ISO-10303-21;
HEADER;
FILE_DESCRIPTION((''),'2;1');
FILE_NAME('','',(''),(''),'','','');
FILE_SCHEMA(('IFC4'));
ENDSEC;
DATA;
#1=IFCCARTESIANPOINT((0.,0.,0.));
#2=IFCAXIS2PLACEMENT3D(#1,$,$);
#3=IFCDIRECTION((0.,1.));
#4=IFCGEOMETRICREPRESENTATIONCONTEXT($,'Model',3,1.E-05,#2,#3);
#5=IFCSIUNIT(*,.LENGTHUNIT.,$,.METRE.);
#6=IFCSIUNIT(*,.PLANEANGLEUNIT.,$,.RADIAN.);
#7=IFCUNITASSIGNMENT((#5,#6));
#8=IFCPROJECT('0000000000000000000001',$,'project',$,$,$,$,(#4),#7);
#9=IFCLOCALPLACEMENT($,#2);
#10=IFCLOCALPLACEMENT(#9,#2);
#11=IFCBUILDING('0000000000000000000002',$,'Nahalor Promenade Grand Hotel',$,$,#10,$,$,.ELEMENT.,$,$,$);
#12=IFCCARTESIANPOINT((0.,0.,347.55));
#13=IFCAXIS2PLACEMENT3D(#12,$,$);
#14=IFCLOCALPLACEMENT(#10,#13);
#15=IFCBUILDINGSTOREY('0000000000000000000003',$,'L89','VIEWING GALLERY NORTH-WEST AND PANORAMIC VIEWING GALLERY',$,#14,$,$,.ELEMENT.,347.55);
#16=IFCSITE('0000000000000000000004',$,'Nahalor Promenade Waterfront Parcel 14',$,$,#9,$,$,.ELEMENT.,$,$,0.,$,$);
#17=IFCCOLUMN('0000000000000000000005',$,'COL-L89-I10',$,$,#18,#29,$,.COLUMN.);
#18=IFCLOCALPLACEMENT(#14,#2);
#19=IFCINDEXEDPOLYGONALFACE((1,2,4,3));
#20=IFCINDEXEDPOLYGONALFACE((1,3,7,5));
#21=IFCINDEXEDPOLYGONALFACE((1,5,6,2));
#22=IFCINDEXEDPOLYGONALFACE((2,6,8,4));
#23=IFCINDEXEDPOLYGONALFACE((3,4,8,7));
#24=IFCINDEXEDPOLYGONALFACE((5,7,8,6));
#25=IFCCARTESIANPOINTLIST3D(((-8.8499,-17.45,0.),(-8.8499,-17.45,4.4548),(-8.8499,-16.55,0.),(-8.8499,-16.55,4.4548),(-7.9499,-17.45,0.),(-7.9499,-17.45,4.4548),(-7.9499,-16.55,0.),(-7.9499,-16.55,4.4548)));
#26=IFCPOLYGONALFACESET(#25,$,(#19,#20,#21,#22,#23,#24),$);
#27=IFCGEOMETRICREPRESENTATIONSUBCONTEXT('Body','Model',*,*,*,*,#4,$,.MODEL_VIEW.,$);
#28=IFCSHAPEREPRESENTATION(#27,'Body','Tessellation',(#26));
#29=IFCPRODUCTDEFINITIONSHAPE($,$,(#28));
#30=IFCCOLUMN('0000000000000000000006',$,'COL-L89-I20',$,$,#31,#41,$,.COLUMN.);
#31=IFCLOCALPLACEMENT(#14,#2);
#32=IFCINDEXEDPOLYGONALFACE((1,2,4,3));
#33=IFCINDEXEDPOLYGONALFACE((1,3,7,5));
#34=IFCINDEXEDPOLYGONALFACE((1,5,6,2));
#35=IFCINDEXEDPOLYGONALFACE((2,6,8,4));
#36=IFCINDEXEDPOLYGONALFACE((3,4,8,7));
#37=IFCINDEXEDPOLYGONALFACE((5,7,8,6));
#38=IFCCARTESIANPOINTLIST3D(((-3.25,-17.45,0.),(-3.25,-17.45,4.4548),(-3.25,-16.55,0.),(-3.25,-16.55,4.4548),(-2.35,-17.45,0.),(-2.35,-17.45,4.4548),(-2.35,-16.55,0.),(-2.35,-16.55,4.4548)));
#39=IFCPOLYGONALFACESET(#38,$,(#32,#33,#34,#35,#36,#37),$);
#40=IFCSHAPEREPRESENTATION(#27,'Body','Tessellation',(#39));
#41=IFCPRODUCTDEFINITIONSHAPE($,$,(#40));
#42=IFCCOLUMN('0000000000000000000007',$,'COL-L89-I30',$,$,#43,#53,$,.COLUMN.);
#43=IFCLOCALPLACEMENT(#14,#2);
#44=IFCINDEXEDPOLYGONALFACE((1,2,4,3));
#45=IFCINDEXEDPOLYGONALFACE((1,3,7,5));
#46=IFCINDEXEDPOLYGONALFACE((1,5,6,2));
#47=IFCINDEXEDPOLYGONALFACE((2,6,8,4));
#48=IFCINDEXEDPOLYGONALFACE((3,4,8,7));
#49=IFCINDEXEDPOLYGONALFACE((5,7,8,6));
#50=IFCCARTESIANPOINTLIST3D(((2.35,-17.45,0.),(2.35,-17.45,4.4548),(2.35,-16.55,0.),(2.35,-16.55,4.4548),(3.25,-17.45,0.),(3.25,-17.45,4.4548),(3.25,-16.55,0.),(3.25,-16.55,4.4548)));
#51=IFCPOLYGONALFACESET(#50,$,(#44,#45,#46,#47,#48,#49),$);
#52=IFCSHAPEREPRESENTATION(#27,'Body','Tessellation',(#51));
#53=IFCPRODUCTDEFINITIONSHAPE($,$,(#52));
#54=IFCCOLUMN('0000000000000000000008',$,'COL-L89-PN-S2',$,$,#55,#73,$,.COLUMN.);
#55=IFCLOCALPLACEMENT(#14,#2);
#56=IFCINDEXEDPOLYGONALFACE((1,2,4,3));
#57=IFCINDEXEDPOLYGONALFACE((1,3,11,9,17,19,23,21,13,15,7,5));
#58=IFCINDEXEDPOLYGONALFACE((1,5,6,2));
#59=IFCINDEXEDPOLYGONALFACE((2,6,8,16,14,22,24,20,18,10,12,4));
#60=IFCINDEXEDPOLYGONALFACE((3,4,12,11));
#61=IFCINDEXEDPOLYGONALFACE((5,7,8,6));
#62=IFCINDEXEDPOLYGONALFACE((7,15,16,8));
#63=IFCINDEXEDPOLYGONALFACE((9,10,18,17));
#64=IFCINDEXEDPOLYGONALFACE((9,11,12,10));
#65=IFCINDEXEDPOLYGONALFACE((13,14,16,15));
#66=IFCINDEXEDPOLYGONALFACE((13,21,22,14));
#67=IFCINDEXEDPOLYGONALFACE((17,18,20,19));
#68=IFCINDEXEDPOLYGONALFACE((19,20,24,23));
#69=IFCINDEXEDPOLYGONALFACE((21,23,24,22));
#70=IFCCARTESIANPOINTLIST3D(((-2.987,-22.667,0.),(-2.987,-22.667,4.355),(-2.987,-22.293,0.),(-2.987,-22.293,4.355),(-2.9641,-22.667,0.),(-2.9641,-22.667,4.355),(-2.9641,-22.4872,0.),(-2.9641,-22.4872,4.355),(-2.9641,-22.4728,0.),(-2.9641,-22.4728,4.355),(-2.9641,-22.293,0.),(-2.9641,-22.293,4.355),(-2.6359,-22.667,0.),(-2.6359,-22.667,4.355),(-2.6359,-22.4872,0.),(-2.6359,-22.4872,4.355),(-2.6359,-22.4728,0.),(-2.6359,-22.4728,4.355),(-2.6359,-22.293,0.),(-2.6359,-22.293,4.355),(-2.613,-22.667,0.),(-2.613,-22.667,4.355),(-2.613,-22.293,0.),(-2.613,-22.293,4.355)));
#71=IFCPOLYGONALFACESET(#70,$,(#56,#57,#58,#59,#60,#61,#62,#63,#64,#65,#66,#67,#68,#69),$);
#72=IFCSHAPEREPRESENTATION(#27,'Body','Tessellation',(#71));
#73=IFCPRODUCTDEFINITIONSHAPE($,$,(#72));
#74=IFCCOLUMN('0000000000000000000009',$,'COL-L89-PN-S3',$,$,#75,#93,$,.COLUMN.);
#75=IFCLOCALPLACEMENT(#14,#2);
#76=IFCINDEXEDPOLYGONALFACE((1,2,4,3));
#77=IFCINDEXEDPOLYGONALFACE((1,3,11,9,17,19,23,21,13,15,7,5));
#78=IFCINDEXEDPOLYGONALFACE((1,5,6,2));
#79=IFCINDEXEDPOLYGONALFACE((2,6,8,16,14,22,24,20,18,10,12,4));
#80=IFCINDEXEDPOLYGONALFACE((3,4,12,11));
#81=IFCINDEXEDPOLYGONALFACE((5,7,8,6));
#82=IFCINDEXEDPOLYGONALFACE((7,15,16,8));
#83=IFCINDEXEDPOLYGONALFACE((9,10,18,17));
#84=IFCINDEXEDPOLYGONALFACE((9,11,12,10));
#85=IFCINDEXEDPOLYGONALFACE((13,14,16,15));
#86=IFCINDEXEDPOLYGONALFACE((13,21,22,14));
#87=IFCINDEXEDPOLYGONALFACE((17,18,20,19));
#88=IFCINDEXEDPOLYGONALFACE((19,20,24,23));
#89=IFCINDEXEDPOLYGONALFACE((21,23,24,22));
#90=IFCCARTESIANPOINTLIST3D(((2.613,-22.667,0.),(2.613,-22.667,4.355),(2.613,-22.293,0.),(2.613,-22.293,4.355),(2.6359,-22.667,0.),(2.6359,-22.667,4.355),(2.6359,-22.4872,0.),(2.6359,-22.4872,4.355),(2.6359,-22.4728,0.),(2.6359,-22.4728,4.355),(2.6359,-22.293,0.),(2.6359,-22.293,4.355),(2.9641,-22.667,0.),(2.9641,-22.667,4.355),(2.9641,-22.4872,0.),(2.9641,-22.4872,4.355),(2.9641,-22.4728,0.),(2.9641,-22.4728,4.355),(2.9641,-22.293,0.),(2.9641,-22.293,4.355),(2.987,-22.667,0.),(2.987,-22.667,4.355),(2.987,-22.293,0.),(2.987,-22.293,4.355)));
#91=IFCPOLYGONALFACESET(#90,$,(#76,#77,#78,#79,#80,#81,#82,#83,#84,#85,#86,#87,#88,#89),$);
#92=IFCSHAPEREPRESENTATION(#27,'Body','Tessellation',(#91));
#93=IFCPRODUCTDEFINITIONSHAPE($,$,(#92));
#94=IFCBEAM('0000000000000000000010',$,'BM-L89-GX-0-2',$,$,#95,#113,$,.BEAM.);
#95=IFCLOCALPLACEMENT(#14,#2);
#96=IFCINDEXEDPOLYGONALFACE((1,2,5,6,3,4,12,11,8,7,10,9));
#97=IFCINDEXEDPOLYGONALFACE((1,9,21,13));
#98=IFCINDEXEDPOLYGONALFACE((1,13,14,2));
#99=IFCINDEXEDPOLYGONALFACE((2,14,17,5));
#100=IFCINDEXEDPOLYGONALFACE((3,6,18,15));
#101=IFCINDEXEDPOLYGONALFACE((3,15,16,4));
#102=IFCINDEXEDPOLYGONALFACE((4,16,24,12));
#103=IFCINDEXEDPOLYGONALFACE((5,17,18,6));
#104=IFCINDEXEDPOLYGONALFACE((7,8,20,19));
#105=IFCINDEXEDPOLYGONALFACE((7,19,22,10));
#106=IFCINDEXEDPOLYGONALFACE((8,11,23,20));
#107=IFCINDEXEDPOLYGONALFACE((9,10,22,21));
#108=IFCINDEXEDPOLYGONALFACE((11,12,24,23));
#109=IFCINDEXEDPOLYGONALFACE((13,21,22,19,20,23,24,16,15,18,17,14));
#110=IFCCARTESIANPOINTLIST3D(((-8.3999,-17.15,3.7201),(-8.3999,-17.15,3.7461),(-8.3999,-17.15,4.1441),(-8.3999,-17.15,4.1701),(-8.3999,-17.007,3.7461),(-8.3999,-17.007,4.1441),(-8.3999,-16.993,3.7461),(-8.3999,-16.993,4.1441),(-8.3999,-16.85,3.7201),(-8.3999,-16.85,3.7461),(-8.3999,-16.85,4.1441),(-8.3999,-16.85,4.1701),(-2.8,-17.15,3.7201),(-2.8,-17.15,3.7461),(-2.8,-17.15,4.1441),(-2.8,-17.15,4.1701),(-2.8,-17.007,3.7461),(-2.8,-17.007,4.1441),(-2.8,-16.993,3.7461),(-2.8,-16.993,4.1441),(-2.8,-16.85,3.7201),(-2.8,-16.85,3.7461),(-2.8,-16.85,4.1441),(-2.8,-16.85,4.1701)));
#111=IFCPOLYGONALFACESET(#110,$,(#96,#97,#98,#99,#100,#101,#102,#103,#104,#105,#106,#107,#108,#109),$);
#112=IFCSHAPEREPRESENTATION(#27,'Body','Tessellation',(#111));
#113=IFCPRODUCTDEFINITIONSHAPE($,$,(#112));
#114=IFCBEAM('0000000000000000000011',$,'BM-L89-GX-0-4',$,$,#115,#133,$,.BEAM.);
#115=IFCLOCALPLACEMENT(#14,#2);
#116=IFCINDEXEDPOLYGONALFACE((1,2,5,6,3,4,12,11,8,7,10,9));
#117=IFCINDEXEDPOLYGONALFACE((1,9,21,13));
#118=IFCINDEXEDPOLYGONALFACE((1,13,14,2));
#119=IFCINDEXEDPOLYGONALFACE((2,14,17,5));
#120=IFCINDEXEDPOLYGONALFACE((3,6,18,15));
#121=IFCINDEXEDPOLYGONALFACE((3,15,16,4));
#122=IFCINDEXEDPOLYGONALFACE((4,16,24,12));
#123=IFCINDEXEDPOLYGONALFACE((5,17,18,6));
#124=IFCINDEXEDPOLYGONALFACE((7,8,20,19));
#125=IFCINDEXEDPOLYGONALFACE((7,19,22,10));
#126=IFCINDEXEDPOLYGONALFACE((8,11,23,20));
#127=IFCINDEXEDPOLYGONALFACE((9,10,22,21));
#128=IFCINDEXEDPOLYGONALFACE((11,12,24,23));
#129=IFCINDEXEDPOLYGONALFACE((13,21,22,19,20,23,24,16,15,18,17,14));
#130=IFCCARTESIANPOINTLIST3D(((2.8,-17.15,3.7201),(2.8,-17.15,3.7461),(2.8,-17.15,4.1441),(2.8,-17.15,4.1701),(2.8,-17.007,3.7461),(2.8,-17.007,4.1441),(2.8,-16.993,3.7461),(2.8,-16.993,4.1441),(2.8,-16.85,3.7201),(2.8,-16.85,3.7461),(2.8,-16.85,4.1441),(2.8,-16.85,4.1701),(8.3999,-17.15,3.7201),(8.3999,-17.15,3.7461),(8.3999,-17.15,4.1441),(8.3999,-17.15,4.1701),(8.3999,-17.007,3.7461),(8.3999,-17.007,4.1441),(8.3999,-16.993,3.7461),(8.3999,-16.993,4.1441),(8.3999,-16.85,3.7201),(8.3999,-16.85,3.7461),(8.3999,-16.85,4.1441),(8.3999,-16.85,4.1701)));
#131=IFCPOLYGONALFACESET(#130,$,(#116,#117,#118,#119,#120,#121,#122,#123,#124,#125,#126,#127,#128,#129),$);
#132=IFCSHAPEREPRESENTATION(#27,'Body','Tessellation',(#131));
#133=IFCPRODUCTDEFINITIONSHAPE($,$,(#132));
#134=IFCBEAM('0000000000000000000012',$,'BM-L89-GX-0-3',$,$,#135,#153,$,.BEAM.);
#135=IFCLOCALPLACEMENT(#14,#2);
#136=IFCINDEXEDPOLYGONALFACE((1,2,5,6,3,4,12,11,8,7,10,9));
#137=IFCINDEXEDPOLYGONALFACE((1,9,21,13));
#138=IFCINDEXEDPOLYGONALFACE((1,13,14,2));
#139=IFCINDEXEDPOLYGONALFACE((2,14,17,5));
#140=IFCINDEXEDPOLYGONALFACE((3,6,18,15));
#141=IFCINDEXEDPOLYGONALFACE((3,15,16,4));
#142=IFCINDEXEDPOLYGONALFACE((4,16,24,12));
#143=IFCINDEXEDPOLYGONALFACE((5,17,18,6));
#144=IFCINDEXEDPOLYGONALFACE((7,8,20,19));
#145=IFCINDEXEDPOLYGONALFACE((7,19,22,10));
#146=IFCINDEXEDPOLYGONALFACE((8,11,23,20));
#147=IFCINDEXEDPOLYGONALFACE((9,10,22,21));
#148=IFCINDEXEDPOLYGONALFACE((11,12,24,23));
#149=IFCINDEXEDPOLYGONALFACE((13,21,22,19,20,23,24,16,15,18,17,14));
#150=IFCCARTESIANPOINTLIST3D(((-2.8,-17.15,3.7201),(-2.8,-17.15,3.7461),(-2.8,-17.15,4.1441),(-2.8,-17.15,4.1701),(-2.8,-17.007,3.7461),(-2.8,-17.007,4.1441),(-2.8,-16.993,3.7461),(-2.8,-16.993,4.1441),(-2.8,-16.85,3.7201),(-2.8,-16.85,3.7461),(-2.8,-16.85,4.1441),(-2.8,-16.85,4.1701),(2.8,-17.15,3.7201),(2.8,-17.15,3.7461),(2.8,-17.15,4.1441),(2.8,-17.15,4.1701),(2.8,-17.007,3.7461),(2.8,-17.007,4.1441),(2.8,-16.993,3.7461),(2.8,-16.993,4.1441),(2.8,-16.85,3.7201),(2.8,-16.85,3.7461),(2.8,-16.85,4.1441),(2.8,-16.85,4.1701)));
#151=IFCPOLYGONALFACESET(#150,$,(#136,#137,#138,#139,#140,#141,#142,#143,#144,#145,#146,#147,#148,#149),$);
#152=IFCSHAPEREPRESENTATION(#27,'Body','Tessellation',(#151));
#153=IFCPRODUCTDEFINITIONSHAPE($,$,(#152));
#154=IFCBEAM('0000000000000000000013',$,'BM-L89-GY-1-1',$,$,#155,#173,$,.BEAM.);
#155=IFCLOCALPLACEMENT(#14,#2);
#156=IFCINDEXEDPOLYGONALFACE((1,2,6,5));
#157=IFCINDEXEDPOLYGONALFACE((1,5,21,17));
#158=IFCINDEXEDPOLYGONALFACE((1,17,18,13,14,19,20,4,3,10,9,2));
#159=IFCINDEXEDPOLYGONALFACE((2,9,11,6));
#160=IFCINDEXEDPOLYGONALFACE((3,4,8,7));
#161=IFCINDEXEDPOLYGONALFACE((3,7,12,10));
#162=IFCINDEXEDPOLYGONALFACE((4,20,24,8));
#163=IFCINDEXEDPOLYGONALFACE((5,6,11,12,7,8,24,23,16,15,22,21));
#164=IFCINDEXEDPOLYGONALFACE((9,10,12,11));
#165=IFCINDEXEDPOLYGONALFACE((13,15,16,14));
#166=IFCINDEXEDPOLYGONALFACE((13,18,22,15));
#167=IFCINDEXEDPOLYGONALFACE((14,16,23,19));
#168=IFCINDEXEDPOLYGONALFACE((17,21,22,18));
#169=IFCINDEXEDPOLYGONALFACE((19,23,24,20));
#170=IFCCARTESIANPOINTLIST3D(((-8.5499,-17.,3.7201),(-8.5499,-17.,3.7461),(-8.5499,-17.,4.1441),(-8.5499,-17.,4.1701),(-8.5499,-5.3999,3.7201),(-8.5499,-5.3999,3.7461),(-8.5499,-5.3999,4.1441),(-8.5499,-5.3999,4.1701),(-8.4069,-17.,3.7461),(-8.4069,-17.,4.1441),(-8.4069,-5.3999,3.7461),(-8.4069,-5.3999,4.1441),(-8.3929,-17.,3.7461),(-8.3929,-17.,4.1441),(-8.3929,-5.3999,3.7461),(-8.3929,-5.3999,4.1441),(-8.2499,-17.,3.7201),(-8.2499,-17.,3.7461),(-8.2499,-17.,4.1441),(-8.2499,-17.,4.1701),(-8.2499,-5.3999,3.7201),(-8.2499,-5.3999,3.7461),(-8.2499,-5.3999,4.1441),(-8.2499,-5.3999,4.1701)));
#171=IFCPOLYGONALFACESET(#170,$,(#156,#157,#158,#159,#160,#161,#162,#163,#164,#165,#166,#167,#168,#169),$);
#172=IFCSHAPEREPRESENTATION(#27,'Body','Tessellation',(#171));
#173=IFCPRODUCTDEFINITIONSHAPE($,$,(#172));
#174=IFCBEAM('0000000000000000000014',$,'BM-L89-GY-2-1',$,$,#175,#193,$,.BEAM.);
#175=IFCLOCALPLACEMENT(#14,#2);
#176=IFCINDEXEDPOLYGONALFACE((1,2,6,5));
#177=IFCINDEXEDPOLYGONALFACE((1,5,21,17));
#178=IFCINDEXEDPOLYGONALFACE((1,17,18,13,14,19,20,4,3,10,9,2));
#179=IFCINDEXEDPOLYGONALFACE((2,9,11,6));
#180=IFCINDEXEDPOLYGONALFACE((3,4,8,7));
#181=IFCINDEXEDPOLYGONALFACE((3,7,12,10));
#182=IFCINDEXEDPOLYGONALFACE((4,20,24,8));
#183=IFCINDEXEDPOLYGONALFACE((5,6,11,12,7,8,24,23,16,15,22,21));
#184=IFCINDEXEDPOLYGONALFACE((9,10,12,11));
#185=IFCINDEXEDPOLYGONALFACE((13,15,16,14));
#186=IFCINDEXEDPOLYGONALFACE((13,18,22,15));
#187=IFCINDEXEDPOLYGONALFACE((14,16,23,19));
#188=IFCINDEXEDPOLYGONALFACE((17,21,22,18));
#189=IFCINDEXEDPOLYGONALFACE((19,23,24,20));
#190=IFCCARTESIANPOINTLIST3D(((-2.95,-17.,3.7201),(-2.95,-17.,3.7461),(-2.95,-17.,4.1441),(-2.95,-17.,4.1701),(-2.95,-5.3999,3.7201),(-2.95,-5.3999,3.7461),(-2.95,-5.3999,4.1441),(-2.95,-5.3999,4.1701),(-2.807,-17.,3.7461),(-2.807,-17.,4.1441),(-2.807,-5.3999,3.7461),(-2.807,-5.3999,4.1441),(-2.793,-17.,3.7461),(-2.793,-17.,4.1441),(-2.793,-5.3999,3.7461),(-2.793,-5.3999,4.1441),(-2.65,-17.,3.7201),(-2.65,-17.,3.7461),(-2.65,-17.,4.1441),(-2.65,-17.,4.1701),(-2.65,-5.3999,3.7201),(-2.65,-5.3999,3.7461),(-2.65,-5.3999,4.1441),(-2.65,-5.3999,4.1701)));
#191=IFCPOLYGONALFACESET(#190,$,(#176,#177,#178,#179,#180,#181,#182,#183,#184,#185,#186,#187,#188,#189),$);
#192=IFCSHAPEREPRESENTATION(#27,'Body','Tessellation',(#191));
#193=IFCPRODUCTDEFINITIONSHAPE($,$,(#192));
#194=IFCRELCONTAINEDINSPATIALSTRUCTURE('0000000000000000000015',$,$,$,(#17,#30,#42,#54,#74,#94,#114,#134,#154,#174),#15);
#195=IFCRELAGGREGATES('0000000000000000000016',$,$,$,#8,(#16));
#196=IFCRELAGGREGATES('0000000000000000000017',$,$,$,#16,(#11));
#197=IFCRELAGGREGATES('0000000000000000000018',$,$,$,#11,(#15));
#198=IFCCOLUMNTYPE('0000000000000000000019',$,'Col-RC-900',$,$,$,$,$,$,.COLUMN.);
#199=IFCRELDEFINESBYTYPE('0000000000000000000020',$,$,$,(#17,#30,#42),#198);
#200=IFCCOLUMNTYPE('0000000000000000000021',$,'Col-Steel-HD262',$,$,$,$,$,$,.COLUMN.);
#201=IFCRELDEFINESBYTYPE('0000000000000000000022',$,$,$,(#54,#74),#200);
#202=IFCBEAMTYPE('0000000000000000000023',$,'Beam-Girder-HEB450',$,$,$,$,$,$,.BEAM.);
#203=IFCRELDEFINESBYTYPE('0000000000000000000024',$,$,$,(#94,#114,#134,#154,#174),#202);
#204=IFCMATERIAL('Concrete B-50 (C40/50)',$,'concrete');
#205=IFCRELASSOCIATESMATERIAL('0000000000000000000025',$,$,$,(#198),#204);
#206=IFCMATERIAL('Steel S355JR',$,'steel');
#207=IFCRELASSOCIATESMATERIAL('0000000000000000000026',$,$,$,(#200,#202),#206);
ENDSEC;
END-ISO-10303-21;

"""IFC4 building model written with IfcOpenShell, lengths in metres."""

from ifc_helpers import new_model, si_unit, direction, frame, origin, origin_2d, place, context, subcontext, project, spatial, rectangle, i_section, extrude, source, transform, mapped, material, material_profile, profile_set, type_object, element, save


model = new_model("IFC4")

# Units and contexts
model_context = context("Model", 3, precision=1e-05, world=origin(), true_north=direction((0.0, 1.0)))
body_context = subcontext(model_context, "Body", "Model", "MODEL_VIEW")
ifc_project = project(units=[si_unit("LENGTHUNIT", "METRE"), si_unit("PLANEANGLEUNIT", "RADIAN")], contexts=[model_context])

# Site, building, storey
site_placement = place(None, origin())
site = spatial("IfcSite", under=ifc_project, at=site_placement, Name="Nahalor Promenade Waterfront Parcel 14", CompositionType="ELEMENT", RefElevation=0.0)
building_placement = place(site_placement, origin())
building = spatial("IfcBuilding", under=site, at=building_placement, Name="Nahalor Promenade Grand Hotel", CompositionType="ELEMENT")
storey_placement = place(building_placement, frame((0.0, 0.0, 347.55)))
storey = spatial("IfcBuildingStorey", under=building, at=storey_placement, Name="L89", Description="VIEWING GALLERY NORTH-WEST AND PANORAMIC VIEWING GALLERY", CompositionType="ELEMENT", Elevation=347.55)

# Columns
ifc_material_1 = material(Name="Concrete B-50 (C40/50)", Category="concrete")
ifc_material_profile_1 = material_profile(ifc_material_1, rectangle(XDim=0.9, YDim=0.9, at=origin_2d()), Name="RC 900x900")
ifc_profile_set_1 = profile_set([ifc_material_profile_1], Name="Concrete B-50 (C40/50)")
column_type_1 = type_object("IfcColumnType", Name="Col-RC-900", PredefinedType="COLUMN", material=ifc_profile_set_1)
shared_shape_1 = source(origin(), body_context, "Body", "SweptSolid", [
    extrude(rectangle(XDim=0.9, YDim=0.9, at=origin_2d()), origin(), (0.0, 0.0, 1.0), 4.4548),
])
for number, where, z_axis, x_axis, name in (
    (1, (-8.3999, -17.0, 0.0), (0.0, 0.0, 1.0), (1.0, 0.0, 0.0), "COL-L89-I10"),
    (2, (-2.8, -17.0, 0.0), (0.0, 0.0, 1.0), (1.0, 0.0, 0.0), "COL-L89-I20"),
    (3, (2.8, -17.0, 0.0), (0.0, 0.0, 1.0), (1.0, 0.0, 0.0), "COL-L89-I30"),
):
    element("IfcColumn", number, at=place(storey_placement, frame(where, z_axis=z_axis, x_axis=x_axis)), inside=storey, type_object=column_type_1, Name=name, PredefinedType="COLUMN", context=body_context, shape_type="MappedRepresentation", body=[
        mapped(shared_shape_1, transform((0.0, 0.0, 0.0), scale=1.0)),
    ])
ifc_material_2 = material(Name="Steel S355JR", Category="steel")
ifc_material_profile_2 = material_profile(ifc_material_2, i_section(OverallWidth=0.374, OverallDepth=0.374, WebThickness=0.0144, FlangeThickness=0.0229, at=origin_2d()), Name="HD 360x262")
ifc_profile_set_2 = profile_set([ifc_material_profile_2], Name="Steel S355JR")
column_type_2 = type_object("IfcColumnType", Name="Col-Steel-HD262", PredefinedType="COLUMN", material=ifc_profile_set_2)
shared_shape_2 = source(origin(), body_context, "Body", "SweptSolid", [
    extrude(i_section(OverallWidth=0.374, OverallDepth=0.374, WebThickness=0.0144, FlangeThickness=0.0229, at=origin_2d()), origin(), (0.0, 0.0, 1.0), 4.355),
])
for number, where, z_axis, x_axis, name in (
    (4, (-2.8, -22.48, 0.0), (0.0, 0.0, 1.0), (0.0, 1.0, 0.0), "COL-L89-PN-S2"),
    (5, (2.8, -22.48, 0.0), (0.0, 0.0, 1.0), (0.0, 1.0, 0.0), "COL-L89-PN-S3"),
):
    element("IfcColumn", number, at=place(storey_placement, frame(where, z_axis=z_axis, x_axis=x_axis)), inside=storey, type_object=column_type_2, Name=name, PredefinedType="COLUMN", context=body_context, shape_type="MappedRepresentation", body=[
        mapped(shared_shape_2, transform((0.0, 0.0, 0.0), scale=1.0)),
    ])

# Beams
ifc_material_profile_3 = material_profile(ifc_material_2, i_section(OverallWidth=0.3, OverallDepth=0.45, WebThickness=0.014, FlangeThickness=0.026, at=origin_2d()), Name="HEB 450")
ifc_profile_set_3 = profile_set([ifc_material_profile_3], Name="Steel S355JR")
beam_type_1 = type_object("IfcBeamType", Name="Beam-Girder-HEB450", PredefinedType="BEAM", material=ifc_profile_set_3)
shared_shape_3 = source(origin(), body_context, "Body", "SweptSolid", [
    extrude(i_section(OverallWidth=0.3, OverallDepth=0.45, WebThickness=0.014, FlangeThickness=0.026, at=origin_2d()), origin(), (0.0, 0.0, 1.0), 5.5999),
])
for number, where, z_axis, x_axis, name in (
    (6, (-8.3999, -17.0, 3.9451), (1.0, 0.0, 0.0), (0.0, 1.0, 0.0), "BM-L89-GX-0-2"),
    (7, (2.8, -17.0, 3.9451), (1.0, 0.0, 0.0), (0.0, 1.0, 0.0), "BM-L89-GX-0-4"),
):
    element("IfcBeam", number, at=place(storey_placement, frame(where, z_axis=z_axis, x_axis=x_axis)), inside=storey, type_object=beam_type_1, Name=name, PredefinedType="BEAM", context=body_context, shape_type="MappedRepresentation", body=[
        mapped(shared_shape_3, transform((0.0, 0.0, 0.0), scale=1.0)),
    ])
shared_shape_4 = source(origin(), body_context, "Body", "SweptSolid", [
    extrude(i_section(OverallWidth=0.3, OverallDepth=0.45, WebThickness=0.014, FlangeThickness=0.026, at=origin_2d()), origin(), (0.0, 0.0, 1.0), 5.6001),
])
beam_1_placement = place(storey_placement, frame((-2.8, -17.0, 3.9451), z_axis=(1.0, 0.0, 0.0), x_axis=(0.0, 1.0, 0.0)))
element("IfcBeam", 8, at=beam_1_placement, inside=storey, type_object=beam_type_1, Name="BM-L89-GX-0-3", PredefinedType="BEAM", context=body_context, shape_type="MappedRepresentation", body=[
    mapped(shared_shape_4, transform((0.0, 0.0, 0.0), scale=1.0)),
])
shared_shape_5 = source(origin(), body_context, "Body", "SweptSolid", [
    extrude(i_section(OverallWidth=0.3, OverallDepth=0.45, WebThickness=0.014, FlangeThickness=0.026, at=origin_2d()), origin(), (0.0, 0.0, 1.0), 11.6001),
])
for number, where, z_axis, x_axis, name in (
    (9, (-8.3999, -17.0, 3.9451), (0.0, 1.0, 0.0), (-1.0, 0.0, 0.0), "BM-L89-GY-1-1"),
    (10, (-2.8, -17.0, 3.9451), (0.0, 1.0, 0.0), (-1.0, 0.0, 0.0), "BM-L89-GY-2-1"),
):
    element("IfcBeam", number, at=place(storey_placement, frame(where, z_axis=z_axis, x_axis=x_axis)), inside=storey, type_object=beam_type_1, Name=name, PredefinedType="BEAM", context=body_context, shape_type="MappedRepresentation", body=[
        mapped(shared_shape_5, transform((0.0, 0.0, 0.0), scale=1.0)),
    ])

save(model, "model.ifc")
